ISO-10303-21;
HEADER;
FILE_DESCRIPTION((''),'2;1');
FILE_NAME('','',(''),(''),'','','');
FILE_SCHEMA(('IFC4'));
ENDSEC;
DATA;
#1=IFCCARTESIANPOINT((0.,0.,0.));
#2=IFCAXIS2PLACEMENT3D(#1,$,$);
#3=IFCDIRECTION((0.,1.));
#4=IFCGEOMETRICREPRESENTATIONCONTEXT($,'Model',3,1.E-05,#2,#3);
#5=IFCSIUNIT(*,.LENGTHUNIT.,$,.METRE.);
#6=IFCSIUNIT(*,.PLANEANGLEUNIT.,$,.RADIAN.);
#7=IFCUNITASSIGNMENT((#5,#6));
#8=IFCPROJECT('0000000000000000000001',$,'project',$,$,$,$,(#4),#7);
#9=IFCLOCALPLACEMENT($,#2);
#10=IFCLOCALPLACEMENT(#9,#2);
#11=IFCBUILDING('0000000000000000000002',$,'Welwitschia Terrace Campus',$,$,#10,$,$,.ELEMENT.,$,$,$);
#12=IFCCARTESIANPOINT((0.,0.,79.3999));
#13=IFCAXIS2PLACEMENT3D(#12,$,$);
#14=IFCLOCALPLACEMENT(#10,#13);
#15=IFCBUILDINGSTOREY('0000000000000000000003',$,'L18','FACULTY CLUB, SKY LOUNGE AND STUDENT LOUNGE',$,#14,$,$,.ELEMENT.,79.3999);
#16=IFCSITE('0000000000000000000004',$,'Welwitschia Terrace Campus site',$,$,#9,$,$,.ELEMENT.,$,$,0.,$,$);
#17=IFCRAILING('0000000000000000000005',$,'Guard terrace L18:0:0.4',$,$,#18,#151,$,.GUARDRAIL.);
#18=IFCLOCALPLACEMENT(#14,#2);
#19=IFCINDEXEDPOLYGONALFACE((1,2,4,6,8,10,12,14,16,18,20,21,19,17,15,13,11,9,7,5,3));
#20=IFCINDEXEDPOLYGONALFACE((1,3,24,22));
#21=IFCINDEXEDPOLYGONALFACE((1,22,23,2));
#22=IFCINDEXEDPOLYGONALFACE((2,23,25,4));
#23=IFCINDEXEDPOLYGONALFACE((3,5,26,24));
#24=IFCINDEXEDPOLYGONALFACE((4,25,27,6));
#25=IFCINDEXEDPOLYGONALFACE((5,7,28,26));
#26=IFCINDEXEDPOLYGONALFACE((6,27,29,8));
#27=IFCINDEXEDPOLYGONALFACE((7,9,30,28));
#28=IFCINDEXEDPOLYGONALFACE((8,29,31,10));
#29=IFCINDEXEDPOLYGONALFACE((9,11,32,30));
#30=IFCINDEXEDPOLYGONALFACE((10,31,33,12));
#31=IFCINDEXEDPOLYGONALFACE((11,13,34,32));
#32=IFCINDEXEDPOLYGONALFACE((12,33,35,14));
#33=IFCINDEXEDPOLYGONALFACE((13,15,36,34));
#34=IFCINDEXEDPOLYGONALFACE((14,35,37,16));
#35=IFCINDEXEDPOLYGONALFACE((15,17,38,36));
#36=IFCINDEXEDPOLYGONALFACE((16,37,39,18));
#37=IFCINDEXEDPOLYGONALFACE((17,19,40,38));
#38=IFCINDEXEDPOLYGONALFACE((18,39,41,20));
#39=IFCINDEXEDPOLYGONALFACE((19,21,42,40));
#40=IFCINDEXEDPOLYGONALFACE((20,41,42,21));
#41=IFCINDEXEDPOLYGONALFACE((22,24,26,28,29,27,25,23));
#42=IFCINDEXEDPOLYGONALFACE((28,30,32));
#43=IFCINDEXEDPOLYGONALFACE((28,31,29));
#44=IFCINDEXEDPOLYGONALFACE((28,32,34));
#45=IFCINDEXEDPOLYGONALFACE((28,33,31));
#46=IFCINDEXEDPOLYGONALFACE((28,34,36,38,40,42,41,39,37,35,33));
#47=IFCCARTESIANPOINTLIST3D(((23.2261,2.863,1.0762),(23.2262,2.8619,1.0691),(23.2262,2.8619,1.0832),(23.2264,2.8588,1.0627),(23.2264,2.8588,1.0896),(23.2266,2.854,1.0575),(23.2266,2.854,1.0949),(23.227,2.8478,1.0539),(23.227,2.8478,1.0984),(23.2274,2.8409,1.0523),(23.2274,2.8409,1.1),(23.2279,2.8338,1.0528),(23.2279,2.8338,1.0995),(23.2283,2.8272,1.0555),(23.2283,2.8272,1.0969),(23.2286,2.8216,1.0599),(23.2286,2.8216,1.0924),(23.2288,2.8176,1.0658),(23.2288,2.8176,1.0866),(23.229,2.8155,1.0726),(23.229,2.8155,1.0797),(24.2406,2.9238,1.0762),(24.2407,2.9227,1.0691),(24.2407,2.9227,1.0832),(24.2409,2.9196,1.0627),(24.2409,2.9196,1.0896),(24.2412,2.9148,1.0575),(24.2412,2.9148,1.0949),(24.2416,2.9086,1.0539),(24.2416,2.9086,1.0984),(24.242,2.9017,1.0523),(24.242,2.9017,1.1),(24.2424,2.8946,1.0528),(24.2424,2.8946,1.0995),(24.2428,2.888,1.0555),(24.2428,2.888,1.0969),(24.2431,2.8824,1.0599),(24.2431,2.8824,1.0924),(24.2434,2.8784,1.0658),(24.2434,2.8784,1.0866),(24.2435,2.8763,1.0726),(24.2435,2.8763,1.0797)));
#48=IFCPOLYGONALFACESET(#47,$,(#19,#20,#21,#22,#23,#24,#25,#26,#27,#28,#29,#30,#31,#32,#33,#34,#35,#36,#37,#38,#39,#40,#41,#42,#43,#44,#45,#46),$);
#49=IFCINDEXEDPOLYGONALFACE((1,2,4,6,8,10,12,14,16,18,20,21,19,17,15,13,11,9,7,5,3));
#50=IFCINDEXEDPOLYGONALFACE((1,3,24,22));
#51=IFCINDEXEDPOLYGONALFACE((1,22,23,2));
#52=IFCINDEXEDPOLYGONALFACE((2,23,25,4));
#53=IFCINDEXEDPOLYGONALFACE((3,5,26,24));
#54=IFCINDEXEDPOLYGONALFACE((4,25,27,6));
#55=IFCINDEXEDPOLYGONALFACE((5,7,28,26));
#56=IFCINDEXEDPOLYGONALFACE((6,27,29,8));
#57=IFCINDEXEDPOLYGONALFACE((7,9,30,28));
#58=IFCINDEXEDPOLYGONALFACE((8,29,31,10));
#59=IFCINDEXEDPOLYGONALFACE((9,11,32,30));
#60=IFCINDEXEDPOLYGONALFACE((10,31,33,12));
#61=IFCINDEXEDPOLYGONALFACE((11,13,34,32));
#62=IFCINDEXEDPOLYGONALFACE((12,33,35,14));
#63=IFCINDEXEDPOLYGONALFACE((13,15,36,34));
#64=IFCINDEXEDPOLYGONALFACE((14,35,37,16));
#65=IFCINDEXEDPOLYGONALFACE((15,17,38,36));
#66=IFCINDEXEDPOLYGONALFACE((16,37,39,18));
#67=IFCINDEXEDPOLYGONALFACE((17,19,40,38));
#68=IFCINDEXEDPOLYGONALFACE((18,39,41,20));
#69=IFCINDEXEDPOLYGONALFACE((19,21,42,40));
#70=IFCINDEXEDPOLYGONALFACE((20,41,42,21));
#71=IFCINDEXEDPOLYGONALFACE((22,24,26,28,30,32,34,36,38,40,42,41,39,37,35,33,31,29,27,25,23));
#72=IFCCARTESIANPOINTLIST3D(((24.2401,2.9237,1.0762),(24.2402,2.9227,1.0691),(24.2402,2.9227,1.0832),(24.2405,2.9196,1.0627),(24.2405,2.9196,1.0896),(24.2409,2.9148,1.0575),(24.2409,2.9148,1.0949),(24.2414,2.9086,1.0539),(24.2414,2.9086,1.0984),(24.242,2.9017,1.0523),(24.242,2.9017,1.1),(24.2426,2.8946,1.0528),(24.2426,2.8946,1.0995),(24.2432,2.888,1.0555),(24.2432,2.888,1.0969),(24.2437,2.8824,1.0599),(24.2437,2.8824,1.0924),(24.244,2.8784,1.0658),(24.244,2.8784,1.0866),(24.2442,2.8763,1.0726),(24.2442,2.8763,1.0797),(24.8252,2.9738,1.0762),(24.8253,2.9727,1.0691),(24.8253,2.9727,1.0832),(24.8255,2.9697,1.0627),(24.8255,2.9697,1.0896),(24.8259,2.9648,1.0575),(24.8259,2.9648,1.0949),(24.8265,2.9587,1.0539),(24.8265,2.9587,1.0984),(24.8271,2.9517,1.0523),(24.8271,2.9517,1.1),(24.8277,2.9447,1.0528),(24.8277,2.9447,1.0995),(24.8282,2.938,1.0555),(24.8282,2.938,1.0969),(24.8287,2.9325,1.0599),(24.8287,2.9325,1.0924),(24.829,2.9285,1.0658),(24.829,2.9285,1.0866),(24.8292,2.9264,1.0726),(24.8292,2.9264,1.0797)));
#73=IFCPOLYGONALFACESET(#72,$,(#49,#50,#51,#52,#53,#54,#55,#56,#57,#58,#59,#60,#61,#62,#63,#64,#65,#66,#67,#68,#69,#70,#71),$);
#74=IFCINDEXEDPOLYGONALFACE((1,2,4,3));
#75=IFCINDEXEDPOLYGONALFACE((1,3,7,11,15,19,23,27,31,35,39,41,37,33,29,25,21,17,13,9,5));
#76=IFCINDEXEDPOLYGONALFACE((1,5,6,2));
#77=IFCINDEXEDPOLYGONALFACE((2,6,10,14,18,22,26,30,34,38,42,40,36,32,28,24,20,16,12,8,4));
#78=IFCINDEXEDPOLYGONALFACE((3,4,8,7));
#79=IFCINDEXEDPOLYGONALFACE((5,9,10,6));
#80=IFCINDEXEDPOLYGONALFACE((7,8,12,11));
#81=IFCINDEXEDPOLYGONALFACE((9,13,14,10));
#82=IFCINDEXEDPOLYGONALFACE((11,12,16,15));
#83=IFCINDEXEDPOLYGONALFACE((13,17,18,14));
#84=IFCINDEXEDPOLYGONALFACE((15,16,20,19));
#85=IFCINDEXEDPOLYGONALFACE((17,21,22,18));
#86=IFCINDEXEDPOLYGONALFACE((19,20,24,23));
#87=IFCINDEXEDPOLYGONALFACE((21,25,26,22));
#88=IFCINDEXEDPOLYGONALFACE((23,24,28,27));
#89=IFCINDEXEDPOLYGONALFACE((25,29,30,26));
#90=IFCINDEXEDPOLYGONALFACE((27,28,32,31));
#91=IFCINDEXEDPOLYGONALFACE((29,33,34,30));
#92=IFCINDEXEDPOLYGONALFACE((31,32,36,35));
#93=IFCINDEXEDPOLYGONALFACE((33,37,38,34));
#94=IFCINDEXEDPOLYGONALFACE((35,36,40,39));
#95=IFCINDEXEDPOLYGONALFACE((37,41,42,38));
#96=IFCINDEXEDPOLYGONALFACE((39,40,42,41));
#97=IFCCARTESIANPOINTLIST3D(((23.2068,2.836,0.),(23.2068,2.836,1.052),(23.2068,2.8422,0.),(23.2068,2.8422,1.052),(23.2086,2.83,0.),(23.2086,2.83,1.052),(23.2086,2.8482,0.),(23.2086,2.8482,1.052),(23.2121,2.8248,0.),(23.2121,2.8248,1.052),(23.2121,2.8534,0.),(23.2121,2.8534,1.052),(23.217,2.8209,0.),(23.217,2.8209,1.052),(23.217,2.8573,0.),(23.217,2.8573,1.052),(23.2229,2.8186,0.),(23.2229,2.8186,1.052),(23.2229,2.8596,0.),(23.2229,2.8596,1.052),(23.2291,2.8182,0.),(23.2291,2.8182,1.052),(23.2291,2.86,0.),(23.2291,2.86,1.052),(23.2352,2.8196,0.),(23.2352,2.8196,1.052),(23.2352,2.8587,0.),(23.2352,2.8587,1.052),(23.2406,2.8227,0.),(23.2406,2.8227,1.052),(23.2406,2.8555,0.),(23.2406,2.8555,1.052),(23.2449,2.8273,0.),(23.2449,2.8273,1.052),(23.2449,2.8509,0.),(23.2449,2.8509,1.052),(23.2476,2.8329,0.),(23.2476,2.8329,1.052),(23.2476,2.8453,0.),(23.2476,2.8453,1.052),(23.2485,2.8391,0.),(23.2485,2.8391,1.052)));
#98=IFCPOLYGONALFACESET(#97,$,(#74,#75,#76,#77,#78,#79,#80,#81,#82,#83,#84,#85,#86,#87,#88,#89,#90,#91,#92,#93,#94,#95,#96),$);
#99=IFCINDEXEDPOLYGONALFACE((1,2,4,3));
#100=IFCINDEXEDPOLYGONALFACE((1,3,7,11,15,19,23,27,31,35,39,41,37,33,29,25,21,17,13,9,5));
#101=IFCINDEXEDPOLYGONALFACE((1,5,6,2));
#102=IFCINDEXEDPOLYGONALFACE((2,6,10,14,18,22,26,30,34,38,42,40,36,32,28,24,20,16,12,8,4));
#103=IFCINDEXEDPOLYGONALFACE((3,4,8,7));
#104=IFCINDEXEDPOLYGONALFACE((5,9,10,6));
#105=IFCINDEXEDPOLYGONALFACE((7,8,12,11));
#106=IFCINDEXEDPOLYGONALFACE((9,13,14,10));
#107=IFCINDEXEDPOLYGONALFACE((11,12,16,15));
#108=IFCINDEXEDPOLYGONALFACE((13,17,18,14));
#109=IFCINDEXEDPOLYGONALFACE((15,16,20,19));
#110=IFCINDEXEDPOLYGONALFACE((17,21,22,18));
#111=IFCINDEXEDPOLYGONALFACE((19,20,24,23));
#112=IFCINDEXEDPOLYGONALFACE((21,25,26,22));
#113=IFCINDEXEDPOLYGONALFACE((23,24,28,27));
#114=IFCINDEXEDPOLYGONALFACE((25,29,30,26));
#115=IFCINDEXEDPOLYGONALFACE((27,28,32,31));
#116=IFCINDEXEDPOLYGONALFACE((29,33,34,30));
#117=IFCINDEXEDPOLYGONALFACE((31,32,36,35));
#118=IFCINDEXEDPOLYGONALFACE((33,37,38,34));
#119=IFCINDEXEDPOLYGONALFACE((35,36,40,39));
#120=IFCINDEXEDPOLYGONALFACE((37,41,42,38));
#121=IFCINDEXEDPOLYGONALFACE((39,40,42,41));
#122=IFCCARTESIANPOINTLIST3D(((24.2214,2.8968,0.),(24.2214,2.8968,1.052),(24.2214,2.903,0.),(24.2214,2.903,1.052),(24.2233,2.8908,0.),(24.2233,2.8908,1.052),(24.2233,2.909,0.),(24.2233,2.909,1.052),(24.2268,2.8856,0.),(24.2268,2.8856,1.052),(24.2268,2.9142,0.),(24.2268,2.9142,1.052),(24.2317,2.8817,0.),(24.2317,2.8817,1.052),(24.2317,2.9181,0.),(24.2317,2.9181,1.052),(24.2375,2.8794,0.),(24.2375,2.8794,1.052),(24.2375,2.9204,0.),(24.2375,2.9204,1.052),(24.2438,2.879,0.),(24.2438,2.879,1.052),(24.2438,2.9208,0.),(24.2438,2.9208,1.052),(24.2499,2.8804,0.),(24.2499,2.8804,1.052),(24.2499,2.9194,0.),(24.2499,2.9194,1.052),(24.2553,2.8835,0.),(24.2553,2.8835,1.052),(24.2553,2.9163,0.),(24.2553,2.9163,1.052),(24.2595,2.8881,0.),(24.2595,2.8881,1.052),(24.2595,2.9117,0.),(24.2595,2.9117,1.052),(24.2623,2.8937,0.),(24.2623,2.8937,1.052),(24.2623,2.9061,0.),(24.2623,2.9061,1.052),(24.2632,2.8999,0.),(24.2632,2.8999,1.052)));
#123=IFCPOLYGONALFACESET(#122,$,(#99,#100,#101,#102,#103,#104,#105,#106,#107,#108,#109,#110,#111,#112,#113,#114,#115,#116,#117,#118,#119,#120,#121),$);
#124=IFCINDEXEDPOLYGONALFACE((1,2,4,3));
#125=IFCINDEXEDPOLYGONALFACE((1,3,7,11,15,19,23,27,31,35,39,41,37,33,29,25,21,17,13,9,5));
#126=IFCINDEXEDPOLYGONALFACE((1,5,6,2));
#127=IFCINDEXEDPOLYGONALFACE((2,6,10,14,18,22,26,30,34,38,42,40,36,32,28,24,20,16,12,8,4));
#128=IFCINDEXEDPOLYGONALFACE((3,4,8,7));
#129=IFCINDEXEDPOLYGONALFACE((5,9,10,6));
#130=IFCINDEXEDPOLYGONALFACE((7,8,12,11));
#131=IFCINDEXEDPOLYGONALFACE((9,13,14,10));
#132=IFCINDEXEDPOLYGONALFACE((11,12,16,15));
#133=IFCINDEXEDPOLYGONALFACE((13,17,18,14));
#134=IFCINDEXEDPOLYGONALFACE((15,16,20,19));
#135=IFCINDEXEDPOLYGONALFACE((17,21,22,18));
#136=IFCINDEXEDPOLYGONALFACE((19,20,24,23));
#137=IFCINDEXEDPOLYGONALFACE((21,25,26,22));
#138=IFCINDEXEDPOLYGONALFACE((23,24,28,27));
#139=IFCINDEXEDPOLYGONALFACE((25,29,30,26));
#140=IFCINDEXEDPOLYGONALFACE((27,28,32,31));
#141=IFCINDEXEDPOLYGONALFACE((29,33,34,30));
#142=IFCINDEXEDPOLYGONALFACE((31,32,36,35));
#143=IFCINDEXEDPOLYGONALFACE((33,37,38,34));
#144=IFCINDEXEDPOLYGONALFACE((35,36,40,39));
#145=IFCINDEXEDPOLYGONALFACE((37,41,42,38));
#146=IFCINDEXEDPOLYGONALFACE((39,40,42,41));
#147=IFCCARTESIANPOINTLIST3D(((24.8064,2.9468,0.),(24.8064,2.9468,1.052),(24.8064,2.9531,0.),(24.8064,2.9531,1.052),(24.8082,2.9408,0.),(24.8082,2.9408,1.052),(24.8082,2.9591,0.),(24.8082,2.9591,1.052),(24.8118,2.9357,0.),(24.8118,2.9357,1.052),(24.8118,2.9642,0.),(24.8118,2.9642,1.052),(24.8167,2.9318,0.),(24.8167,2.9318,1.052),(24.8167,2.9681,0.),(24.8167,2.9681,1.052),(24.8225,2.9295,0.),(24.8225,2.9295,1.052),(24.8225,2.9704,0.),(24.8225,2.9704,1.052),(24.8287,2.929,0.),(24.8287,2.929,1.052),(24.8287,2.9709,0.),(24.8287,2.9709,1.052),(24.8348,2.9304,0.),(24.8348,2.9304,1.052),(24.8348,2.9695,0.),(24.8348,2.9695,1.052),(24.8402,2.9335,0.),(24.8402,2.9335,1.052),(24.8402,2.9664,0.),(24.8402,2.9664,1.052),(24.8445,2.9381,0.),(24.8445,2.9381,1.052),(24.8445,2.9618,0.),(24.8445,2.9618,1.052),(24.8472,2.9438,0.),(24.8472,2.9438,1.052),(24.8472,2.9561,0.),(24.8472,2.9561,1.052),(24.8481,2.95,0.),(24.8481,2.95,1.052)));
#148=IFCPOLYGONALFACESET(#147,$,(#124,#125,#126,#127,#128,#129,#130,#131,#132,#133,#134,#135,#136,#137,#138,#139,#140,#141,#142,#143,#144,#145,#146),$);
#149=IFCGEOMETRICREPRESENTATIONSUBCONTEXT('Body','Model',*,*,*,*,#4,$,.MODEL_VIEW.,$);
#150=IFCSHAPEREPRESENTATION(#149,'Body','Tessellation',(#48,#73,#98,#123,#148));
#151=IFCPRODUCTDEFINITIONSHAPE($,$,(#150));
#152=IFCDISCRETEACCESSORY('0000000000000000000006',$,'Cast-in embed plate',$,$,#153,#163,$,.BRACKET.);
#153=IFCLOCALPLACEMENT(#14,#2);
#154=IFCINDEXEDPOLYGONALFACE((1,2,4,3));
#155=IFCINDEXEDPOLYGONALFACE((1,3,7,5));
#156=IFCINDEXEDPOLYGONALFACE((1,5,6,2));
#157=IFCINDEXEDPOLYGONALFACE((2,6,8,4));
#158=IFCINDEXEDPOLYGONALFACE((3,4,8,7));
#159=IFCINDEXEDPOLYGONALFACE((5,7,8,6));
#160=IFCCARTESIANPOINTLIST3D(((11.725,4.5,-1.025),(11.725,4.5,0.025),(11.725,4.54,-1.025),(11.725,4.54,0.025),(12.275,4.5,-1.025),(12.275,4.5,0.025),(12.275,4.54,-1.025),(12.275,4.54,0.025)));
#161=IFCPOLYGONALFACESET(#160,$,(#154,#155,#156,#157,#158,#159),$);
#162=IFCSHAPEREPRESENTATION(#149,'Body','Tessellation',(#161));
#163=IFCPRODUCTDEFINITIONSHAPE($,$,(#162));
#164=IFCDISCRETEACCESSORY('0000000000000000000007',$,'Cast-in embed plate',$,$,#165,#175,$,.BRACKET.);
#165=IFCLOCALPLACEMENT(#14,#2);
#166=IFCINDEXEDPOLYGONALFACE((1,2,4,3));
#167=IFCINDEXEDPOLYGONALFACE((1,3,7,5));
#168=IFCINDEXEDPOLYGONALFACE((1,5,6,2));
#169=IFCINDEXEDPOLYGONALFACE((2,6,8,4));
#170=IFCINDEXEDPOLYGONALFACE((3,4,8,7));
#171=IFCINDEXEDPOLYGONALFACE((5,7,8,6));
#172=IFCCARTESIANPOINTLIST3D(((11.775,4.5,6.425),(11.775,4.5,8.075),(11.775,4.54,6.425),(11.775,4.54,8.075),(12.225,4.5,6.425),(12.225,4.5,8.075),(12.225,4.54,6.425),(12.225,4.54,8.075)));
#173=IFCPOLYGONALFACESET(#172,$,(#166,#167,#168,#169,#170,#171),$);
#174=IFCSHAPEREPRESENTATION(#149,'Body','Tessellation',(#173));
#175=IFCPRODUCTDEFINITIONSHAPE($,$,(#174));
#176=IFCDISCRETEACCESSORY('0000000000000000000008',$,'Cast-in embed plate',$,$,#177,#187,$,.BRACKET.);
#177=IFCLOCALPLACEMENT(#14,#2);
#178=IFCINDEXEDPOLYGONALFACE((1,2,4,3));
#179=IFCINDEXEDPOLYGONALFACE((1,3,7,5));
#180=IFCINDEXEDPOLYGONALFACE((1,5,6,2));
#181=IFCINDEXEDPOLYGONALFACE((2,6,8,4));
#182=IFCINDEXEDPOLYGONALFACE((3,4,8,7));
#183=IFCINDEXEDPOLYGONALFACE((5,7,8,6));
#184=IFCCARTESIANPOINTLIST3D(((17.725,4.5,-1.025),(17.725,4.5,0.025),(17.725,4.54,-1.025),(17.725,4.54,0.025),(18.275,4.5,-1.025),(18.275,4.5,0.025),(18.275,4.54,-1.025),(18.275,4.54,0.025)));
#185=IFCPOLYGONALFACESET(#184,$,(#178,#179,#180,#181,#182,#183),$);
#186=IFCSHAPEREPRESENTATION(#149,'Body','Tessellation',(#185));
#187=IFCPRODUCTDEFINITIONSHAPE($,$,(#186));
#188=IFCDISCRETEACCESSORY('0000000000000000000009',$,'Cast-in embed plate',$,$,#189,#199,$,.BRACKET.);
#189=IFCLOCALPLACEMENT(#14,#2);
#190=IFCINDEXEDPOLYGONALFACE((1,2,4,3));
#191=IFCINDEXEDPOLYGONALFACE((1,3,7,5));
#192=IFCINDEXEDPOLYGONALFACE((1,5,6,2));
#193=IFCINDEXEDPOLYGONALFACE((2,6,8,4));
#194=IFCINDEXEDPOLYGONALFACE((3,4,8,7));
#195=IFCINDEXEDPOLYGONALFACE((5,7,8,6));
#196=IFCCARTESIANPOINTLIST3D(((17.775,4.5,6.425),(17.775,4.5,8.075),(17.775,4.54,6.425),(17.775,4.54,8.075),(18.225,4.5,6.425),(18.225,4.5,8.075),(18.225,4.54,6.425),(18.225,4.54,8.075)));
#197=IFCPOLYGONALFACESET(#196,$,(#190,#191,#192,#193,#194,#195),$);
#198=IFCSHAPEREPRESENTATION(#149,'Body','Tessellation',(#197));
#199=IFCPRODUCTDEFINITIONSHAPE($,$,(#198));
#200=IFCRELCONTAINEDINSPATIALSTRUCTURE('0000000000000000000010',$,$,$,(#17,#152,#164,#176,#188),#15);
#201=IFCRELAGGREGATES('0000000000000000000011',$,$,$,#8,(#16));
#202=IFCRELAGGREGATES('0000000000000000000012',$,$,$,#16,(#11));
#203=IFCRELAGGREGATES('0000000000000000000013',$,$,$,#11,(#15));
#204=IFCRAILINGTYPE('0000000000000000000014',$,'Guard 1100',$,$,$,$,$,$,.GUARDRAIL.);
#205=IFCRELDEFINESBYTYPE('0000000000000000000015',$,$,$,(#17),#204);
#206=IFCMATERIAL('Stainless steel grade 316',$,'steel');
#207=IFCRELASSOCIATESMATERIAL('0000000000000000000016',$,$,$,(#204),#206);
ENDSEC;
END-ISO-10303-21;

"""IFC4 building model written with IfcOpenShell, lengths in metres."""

from ifc_helpers import new_model, si_unit, direction, frame, origin, origin_2d, place, context, subcontext, project, spatial, rectangle, circle, extrude, material, type_object, element, save


model = new_model("IFC4")

# Units and contexts
model_context = context("Model", 3, precision=1e-05, world=origin(), true_north=direction((0.0, 1.0)))
body_context = subcontext(model_context, "Body", "Model", "MODEL_VIEW")
ifc_project = project(units=[si_unit("LENGTHUNIT", "METRE"), si_unit("PLANEANGLEUNIT", "RADIAN")], contexts=[model_context])

# Site, building, storey
site_placement = place(None, origin())
site = spatial("IfcSite", under=ifc_project, at=site_placement, Name="Welwitschia Terrace Campus site", CompositionType="ELEMENT", RefElevation=0.0)
building_placement = place(site_placement, origin())
building = spatial("IfcBuilding", under=site, at=building_placement, Name="Welwitschia Terrace Campus", CompositionType="ELEMENT")
storey_placement = place(building_placement, frame((0.0, 0.0, 79.3999)))
storey = spatial("IfcBuildingStorey", under=building, at=storey_placement, Name="L18", Description="FACULTY CLUB, SKY LOUNGE AND STUDENT LOUNGE", CompositionType="ELEMENT", Elevation=79.3999)

# Railing
ifc_material_1 = material(Name="Stainless steel grade 316", Category="steel")
railing_type = type_object("IfcRailingType", Name="Guard 1100", PredefinedType="GUARDRAIL", material=ifc_material_1)
railing_1_placement = place(storey_placement, frame((23.2275, 2.8391, 0.0)))
element("IfcRailing", 1, at=railing_1_placement, inside=storey, type_object=railing_type, Name="Guard terrace L18:0:0.4", PredefinedType="GUARDRAIL", context=body_context, shape_type="SweptSolid", body=[
    extrude(circle(Radius=0.0239, at=origin_2d()), frame((0.0, 0.0, 1.0762), z_axis=(0.99821, 0.059806, 0.0), x_axis=(-0.059806, 0.99821, 0.0)), (0.0, 0.0, 1.0), 1.0164),
    extrude(circle(Radius=0.0239, at=origin_2d()), frame((1.0146, 0.0608, 1.0762), z_axis=(0.99636, 0.085248, 0.0), x_axis=(-0.085248, 0.99636, 0.0)), (0.0, 0.0, 1.0), 0.5872),
    extrude(circle(Radius=0.021, at=origin_2d()), origin(), (0.0, 0.0, 1.0), 1.052),
    extrude(circle(Radius=0.021, at=origin_2d()), frame((1.0146, 0.0608, 0.0)), (0.0, 0.0, 1.0), 1.052),
    extrude(circle(Radius=0.021, at=origin_2d()), frame((1.5996, 0.1108, 0.0)), (0.0, 0.0, 1.0), 1.052),
])

# Discrete accessories
discrete_accessory_1_placement = place(storey_placement, frame((12.0, 4.5, -0.5), z_axis=(0.0, 1.0, 0.0), x_axis=(-1.0, 0.0, 0.0)))
element("IfcDiscreteAccessory", 2, at=discrete_accessory_1_placement, inside=storey, Name="Cast-in embed plate", PredefinedType="BRACKET", context=body_context, shape_type="SweptSolid", body=[
    extrude(rectangle(XDim=0.55, YDim=1.05, at=origin_2d()), origin(), (0.0, 0.0, 1.0), 0.04),
])
discrete_accessory_2_placement = place(storey_placement, frame((12.0, 4.5, 7.25), z_axis=(0.0, 1.0, 0.0), x_axis=(-1.0, 0.0, 0.0)))
element("IfcDiscreteAccessory", 3, at=discrete_accessory_2_placement, inside=storey, Name="Cast-in embed plate", PredefinedType="BRACKET", context=body_context, shape_type="SweptSolid", body=[
    extrude(rectangle(XDim=0.45, YDim=1.6499, at=origin_2d()), origin(), (0.0, 0.0, 1.0), 0.04),
])
discrete_accessory_3_placement = place(storey_placement, frame((18.0, 4.5, -0.5), z_axis=(0.0, 1.0, 0.0), x_axis=(-1.0, 0.0, 0.0)))
element("IfcDiscreteAccessory", 4, at=discrete_accessory_3_placement, inside=storey, Name="Cast-in embed plate", PredefinedType="BRACKET", context=body_context, shape_type="SweptSolid", body=[
    extrude(rectangle(XDim=0.55, YDim=1.05, at=origin_2d()), origin(), (0.0, 0.0, 1.0), 0.04),
])
discrete_accessory_4_placement = place(storey_placement, frame((18.0, 4.5, 7.25), z_axis=(0.0, 1.0, 0.0), x_axis=(-1.0, 0.0, 0.0)))
element("IfcDiscreteAccessory", 5, at=discrete_accessory_4_placement, inside=storey, Name="Cast-in embed plate", PredefinedType="BRACKET", context=body_context, shape_type="SweptSolid", body=[
    extrude(rectangle(XDim=0.45, YDim=1.6499, at=origin_2d()), origin(), (0.0, 0.0, 1.0), 0.04),
])

save(model, "model.ifc")
